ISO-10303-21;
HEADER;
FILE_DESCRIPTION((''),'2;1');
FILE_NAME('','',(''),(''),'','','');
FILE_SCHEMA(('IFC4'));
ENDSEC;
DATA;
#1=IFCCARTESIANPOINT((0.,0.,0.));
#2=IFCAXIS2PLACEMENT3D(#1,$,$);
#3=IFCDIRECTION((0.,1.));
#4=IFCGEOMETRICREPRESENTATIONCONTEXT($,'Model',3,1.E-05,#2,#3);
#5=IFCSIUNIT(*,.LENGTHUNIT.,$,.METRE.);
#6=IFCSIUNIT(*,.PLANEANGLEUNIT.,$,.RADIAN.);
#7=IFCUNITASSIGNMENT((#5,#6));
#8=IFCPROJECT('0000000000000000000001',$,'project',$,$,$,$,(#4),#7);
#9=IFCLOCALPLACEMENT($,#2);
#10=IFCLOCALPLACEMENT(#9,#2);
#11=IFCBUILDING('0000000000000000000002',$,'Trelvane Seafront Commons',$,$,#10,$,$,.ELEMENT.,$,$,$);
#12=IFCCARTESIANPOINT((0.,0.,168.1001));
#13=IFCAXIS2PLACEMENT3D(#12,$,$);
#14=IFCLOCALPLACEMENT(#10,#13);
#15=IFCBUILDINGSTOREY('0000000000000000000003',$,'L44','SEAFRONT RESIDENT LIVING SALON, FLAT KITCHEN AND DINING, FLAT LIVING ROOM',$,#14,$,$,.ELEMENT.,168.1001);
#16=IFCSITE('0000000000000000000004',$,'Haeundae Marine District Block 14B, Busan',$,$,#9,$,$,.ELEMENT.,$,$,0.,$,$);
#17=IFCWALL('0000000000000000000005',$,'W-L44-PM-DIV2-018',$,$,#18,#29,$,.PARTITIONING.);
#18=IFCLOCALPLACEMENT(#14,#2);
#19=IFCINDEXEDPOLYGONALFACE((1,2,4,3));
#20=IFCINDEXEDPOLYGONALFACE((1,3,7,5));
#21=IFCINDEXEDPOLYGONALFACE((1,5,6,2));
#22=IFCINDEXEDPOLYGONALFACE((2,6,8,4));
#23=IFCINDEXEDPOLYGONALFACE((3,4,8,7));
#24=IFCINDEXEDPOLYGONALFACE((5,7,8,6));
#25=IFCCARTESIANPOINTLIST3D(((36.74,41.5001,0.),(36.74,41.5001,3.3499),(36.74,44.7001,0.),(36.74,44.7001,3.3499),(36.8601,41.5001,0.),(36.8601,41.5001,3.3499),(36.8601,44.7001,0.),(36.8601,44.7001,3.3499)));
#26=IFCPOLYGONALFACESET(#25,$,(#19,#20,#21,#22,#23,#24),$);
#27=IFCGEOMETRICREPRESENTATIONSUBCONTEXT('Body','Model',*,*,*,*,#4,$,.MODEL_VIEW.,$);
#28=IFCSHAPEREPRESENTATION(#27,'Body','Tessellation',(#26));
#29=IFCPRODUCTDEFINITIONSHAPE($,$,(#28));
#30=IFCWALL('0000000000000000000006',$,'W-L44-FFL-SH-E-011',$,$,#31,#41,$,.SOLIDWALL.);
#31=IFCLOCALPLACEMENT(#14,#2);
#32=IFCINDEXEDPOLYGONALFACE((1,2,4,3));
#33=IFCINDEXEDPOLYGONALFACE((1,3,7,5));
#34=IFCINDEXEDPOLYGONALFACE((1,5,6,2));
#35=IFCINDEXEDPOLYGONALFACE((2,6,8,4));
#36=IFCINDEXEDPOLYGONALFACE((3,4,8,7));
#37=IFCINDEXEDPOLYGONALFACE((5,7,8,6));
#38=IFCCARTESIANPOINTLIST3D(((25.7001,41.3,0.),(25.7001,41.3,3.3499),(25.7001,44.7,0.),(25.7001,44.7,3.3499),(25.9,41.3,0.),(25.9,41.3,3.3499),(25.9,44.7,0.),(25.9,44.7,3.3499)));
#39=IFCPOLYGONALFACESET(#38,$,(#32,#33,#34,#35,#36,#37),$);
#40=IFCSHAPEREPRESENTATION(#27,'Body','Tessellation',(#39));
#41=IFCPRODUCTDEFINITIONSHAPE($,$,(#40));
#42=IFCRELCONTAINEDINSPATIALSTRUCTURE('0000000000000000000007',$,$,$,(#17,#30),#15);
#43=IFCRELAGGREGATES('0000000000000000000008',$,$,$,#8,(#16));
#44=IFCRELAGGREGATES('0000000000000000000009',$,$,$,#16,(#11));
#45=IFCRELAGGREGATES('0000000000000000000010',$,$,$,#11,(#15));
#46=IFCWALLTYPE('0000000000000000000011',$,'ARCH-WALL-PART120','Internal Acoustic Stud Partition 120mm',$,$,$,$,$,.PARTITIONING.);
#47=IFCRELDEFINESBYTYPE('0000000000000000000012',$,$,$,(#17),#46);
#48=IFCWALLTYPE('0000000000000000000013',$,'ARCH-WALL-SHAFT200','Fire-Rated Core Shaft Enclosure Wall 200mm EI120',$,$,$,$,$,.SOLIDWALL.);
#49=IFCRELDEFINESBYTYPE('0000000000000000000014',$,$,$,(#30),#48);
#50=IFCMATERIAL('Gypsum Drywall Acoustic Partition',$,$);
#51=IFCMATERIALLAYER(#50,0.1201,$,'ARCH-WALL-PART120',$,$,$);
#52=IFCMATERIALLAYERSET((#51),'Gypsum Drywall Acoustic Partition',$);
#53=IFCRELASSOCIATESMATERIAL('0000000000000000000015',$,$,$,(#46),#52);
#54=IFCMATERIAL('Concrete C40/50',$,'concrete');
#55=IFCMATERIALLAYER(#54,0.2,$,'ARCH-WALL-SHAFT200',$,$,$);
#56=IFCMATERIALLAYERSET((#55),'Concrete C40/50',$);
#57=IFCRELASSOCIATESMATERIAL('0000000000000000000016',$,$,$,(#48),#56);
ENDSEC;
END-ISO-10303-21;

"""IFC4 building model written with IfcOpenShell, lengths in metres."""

from ifc_helpers import new_model, si_unit, direction, frame, frame_2d, origin, place, context, subcontext, project, spatial, rectangle, extrude, material, layer, layer_set, type_object, element, save


model = new_model("IFC4")

# Units and contexts
model_context = context("Model", 3, precision=1e-05, world=origin(), true_north=direction((0.0, 1.0)))
body_context = subcontext(model_context, "Body", "Model", "MODEL_VIEW")
ifc_project = project(units=[si_unit("LENGTHUNIT", "METRE"), si_unit("PLANEANGLEUNIT", "RADIAN")], contexts=[model_context])

# Site, building, storey
site_placement = place(None, origin())
site = spatial("IfcSite", under=ifc_project, at=site_placement, Name="Haeundae Marine District Block 14B, Busan", CompositionType="ELEMENT", RefElevation=0.0)
building_placement = place(site_placement, origin())
building = spatial("IfcBuilding", under=site, at=building_placement, Name="Trelvane Seafront Commons", CompositionType="ELEMENT")
storey_placement = place(building_placement, frame((0.0, 0.0, 168.1001)))
storey = spatial("IfcBuildingStorey", under=building, at=storey_placement, Name="L44", Description="SEAFRONT RESIDENT LIVING SALON, FLAT KITCHEN AND DINING, FLAT LIVING ROOM", CompositionType="ELEMENT", Elevation=168.1001)

# Shared definitions
ifc_material_1 = material(Name="Concrete C40/50", Category="concrete")
ifc_material_2 = material(Name="Gypsum Drywall Acoustic Partition")
ifc_layer_1 = layer(ifc_material_2, 0.1201, Name="ARCH-WALL-PART120")
ifc_layer_set_1 = layer_set([ifc_layer_1], Name="Gypsum Drywall Acoustic Partition")
wall_type_1 = type_object("IfcWallType", Name="ARCH-WALL-PART120", Description="Internal Acoustic Stud Partition 120mm", PredefinedType="PARTITIONING", material=ifc_layer_set_1)

# Walls
for number, where, z_axis, x_axis, name in (
    (1, (36.8, 41.5, 0.0), (0.0, 0.0, 1.0), (0.0, 1.0, 0.0), "W-L44-PM-DIV2-018"),
):
    element("IfcWall", number, at=place(storey_placement, frame(where, z_axis=z_axis, x_axis=x_axis)), inside=storey, type_object=wall_type_1, Name=name, PredefinedType="PARTITIONING", context=body_context, shape_type="SweptSolid", body=[
        extrude(rectangle(XDim=3.2, YDim=0.1201, at=frame_2d((1.6001, 0.0))), origin(), (0.0, 0.0, 1.0), 3.3499),
    ])
ifc_layer_2 = layer(ifc_material_1, 0.2, Name="ARCH-WALL-SHAFT200")
ifc_layer_set_2 = layer_set([ifc_layer_2], Name="Concrete C40/50")
wall_type_2 = type_object("IfcWallType", Name="ARCH-WALL-SHAFT200", Description="Fire-Rated Core Shaft Enclosure Wall 200mm EI120", PredefinedType="SOLIDWALL", material=ifc_layer_set_2)
wall_1_placement = place(storey_placement, frame((25.8, 41.3, 0.0), z_axis=(0.0, 0.0, 1.0), x_axis=(0.0, 1.0, 0.0)))
element("IfcWall", 2, at=wall_1_placement, inside=storey, type_object=wall_type_2, Name="W-L44-FFL-SH-E-011", PredefinedType="SOLIDWALL", context=body_context, shape_type="SweptSolid", body=[
    extrude(rectangle(XDim=3.3999, YDim=0.2, at=frame_2d((1.7, 0.0))), origin(), (0.0, 0.0, 1.0), 3.3499),
])

save(model, "model.ifc")
